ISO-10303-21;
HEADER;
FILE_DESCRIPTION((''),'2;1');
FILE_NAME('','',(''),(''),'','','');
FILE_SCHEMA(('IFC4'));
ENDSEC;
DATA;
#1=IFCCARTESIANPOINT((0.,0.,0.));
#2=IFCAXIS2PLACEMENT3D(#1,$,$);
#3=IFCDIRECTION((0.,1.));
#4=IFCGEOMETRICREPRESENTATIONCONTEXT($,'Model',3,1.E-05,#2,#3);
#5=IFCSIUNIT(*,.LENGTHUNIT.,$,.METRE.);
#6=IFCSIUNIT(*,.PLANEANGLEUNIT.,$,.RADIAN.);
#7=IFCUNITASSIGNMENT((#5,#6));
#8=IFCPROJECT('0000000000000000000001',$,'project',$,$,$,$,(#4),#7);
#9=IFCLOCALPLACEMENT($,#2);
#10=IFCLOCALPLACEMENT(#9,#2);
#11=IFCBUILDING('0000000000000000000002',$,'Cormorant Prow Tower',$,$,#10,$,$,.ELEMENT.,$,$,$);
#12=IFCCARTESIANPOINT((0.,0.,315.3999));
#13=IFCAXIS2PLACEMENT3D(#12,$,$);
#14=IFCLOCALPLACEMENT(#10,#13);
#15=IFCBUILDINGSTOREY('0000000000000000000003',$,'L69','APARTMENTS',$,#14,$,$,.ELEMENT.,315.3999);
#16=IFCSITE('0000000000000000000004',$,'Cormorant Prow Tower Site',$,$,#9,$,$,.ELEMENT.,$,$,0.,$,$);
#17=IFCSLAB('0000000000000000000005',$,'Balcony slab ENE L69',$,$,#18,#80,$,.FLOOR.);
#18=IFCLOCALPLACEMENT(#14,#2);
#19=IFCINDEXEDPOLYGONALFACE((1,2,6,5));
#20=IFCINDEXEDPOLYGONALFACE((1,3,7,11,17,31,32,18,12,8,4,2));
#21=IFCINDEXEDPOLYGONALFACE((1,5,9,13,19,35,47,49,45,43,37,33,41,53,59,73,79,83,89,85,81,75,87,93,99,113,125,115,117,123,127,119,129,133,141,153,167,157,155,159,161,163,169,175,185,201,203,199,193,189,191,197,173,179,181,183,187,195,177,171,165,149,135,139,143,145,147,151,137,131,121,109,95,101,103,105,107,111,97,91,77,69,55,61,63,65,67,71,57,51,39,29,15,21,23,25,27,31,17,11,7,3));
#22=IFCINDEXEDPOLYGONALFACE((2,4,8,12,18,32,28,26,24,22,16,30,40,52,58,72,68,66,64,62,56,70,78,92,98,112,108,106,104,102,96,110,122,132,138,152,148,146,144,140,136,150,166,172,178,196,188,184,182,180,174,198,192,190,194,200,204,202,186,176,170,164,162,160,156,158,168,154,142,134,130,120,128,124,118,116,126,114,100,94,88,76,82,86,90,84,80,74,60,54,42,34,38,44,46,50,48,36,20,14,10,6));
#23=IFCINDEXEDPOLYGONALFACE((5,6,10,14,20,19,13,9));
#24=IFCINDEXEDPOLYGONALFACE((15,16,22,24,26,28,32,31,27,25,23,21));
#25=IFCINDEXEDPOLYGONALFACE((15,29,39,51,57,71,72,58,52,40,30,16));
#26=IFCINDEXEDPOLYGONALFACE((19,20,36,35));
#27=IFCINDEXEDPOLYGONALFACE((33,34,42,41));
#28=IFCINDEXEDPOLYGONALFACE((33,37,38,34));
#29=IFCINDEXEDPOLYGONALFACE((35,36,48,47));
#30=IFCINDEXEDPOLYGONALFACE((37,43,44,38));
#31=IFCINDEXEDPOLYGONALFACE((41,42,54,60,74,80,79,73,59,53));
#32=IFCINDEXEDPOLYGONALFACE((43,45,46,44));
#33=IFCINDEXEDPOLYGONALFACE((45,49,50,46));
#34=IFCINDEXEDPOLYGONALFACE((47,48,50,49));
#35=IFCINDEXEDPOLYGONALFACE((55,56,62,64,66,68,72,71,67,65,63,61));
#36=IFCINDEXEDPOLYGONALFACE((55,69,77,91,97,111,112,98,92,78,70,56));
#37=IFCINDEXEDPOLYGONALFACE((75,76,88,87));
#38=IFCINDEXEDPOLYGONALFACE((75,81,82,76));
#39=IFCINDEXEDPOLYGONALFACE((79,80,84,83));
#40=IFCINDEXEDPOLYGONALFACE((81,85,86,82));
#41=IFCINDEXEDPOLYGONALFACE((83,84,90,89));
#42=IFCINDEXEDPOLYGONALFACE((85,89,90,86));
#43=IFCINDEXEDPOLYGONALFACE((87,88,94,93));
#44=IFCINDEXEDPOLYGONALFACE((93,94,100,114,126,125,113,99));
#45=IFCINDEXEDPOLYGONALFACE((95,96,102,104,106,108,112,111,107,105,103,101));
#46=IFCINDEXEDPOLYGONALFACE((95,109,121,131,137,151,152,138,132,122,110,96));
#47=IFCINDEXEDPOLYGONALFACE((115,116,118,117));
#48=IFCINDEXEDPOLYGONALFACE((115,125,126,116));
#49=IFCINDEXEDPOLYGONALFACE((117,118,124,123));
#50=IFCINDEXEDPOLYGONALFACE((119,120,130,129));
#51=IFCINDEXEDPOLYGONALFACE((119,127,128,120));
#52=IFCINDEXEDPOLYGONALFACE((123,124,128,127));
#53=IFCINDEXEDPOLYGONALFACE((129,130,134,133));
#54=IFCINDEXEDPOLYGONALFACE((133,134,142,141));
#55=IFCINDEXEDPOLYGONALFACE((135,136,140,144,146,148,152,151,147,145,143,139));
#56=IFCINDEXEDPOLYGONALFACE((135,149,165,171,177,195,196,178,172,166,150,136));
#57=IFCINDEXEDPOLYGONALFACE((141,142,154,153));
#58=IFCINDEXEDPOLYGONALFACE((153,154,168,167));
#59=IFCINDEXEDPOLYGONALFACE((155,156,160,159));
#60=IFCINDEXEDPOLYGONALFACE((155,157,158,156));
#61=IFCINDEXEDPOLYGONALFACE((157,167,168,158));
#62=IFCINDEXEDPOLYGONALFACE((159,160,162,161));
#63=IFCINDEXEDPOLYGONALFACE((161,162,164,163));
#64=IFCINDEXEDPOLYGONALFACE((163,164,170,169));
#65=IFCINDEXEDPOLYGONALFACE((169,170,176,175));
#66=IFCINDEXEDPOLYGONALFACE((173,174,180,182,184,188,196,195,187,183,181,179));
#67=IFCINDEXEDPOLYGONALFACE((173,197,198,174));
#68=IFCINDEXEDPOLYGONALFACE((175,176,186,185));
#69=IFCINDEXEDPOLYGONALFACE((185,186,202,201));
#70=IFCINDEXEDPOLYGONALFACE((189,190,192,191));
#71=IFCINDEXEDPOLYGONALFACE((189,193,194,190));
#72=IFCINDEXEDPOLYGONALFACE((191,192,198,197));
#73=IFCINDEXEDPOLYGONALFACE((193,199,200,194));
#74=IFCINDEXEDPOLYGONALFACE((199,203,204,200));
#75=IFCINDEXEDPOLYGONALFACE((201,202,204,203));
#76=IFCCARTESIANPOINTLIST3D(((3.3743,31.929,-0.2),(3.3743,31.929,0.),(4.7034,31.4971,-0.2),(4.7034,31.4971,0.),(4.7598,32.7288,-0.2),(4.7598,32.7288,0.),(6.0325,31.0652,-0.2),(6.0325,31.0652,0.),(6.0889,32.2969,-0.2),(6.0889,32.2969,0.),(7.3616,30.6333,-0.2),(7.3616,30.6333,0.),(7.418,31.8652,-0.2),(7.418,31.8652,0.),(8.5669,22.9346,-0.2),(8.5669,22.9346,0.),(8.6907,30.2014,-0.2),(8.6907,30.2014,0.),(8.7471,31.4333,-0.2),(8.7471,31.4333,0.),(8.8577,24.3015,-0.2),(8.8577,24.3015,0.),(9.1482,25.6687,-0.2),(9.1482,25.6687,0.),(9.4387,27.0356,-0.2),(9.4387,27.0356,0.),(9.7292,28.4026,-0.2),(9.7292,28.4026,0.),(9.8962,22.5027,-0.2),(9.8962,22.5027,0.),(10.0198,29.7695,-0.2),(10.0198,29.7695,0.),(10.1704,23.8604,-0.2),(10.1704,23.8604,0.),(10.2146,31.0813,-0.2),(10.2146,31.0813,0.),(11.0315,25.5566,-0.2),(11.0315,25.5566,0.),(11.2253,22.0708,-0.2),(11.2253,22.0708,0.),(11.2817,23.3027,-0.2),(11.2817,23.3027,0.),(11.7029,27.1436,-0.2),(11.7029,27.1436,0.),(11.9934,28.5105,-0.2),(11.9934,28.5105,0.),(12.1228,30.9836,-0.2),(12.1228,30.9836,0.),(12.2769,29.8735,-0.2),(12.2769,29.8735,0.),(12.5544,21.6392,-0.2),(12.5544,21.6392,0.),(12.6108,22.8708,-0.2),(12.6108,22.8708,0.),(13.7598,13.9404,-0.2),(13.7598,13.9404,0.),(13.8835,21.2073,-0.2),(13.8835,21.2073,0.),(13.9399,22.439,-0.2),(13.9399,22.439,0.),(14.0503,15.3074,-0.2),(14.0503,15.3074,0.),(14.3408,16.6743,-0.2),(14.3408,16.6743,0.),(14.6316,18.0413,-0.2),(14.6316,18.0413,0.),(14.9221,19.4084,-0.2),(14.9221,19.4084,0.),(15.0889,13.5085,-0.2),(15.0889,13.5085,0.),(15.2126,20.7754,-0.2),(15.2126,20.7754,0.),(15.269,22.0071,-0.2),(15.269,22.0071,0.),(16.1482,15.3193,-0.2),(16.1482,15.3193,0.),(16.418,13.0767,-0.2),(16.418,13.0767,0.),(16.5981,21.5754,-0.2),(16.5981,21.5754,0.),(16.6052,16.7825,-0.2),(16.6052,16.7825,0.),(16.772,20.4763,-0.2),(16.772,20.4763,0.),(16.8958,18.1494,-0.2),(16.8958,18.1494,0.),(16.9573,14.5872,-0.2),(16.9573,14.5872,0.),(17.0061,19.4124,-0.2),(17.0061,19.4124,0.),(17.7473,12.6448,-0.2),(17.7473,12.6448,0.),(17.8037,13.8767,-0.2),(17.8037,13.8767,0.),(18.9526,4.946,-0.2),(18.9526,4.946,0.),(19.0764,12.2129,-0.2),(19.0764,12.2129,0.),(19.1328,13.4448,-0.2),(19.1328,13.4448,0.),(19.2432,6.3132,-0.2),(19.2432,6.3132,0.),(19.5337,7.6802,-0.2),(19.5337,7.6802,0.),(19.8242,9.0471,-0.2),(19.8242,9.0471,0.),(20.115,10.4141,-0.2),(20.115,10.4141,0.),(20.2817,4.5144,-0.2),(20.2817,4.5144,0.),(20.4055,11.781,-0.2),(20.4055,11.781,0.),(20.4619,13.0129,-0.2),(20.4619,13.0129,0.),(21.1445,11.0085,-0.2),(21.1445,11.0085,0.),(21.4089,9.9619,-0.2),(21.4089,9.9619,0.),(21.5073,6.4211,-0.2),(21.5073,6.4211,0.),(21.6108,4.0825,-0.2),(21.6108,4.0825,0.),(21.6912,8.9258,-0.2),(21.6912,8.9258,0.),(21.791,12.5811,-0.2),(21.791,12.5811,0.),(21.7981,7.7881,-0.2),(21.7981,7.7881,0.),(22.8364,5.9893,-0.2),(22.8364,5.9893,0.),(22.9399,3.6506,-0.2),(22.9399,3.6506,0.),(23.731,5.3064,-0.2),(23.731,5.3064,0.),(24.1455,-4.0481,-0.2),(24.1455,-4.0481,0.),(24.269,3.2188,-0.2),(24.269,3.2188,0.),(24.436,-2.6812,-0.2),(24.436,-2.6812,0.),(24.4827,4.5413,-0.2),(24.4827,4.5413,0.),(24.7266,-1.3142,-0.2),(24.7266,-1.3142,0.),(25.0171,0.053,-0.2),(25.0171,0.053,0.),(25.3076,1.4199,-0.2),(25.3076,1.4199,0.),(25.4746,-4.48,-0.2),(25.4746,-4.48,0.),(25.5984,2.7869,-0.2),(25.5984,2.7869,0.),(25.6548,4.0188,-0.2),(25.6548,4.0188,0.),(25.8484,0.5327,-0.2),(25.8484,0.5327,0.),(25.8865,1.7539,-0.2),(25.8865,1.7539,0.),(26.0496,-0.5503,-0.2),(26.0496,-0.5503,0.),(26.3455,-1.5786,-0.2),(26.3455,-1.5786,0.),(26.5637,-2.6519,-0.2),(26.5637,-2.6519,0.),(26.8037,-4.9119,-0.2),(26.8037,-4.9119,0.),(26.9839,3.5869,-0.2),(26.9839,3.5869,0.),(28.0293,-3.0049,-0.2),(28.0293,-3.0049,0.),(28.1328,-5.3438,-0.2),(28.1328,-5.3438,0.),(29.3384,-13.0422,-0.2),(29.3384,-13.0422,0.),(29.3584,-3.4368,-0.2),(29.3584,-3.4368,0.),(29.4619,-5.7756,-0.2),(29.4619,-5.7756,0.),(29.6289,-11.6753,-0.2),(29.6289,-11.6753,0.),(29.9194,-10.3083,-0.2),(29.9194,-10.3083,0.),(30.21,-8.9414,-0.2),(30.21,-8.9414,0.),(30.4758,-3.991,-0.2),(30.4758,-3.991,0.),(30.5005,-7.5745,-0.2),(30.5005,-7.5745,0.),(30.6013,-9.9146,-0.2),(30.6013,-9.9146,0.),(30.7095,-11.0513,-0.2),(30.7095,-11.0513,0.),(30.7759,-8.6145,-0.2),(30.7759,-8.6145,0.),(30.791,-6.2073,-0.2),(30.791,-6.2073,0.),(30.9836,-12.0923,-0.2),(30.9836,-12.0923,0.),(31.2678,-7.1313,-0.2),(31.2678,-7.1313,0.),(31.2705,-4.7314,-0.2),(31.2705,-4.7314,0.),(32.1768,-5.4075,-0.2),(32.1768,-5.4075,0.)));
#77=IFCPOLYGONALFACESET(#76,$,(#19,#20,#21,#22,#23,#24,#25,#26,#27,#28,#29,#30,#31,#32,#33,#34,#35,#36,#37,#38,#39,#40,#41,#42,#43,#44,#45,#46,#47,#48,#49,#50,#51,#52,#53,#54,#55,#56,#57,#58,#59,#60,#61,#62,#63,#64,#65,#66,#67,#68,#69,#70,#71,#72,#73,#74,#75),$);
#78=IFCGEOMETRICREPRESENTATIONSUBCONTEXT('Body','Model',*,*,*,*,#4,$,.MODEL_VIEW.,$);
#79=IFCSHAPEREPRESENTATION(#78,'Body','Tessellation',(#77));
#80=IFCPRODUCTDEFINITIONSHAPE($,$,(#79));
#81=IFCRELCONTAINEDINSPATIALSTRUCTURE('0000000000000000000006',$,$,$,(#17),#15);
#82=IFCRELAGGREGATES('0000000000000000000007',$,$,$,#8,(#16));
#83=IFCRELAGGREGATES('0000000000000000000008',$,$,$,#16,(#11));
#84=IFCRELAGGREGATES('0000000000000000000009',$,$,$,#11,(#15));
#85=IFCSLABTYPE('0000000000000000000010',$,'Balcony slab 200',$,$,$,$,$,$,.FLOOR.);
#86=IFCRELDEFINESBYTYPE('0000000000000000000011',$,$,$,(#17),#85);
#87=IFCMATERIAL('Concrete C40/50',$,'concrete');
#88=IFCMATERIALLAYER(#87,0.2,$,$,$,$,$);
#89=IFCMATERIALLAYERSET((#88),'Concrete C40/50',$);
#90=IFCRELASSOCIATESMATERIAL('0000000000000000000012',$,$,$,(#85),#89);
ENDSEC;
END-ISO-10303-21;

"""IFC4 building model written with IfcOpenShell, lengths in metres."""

from ifc_helpers import new_model, si_unit, direction, frame, origin, place, context, subcontext, project, spatial, polyline, outline, extrude, material, layer, layer_set, type_object, element, save


model = new_model("IFC4")

# Units and contexts
model_context = context("Model", 3, precision=1e-05, world=origin(), true_north=direction((0.0, 1.0)))
body_context = subcontext(model_context, "Body", "Model", "MODEL_VIEW")
ifc_project = project(units=[si_unit("LENGTHUNIT", "METRE"), si_unit("PLANEANGLEUNIT", "RADIAN")], contexts=[model_context])

# Site, building, storey
site_placement = place(None, origin())
site = spatial("IfcSite", under=ifc_project, at=site_placement, Name="Cormorant Prow Tower Site", CompositionType="ELEMENT", RefElevation=0.0)
building_placement = place(site_placement, origin())
building = spatial("IfcBuilding", under=site, at=building_placement, Name="Cormorant Prow Tower", CompositionType="ELEMENT")
storey_placement = place(building_placement, frame((0.0, 0.0, 315.3999)))
storey = spatial("IfcBuildingStorey", under=building, at=storey_placement, Name="L69", Description="APARTMENTS", CompositionType="ELEMENT", Elevation=315.3999)

# Slab
ifc_material_1 = material(Name="Concrete C40/50", Category="concrete")
ifc_layer_1 = layer(ifc_material_1, 0.2)
ifc_layer_set_1 = layer_set([ifc_layer_1], Name="Concrete C40/50")
slab_type_1 = type_object("IfcSlabType", Name="Balcony slab 200", PredefinedType="FLOOR", material=ifc_layer_set_1)
slab_1_placement = place(storey_placement, frame((0.0, 0.0, -0.2)))
element("IfcSlab", 1, at=slab_1_placement, inside=storey, type_object=slab_type_1, Name="Balcony slab ENE L69", PredefinedType="FLOOR", context=body_context, shape_type="SweptSolid", body=[
    extrude(outline(polyline([(29.3384, -13.0422), (30.9836, -12.0923), (30.7095, -11.0513), (30.6013, -9.9146), (30.7759, -8.6145), (31.2678, -7.1313), (32.1768, -5.4075), (31.2705, -4.7314), (30.4758, -3.991), (29.3584, -3.4368), (28.0293, -3.0049), (26.5637, -2.6519), (26.3455, -1.5786), (26.0496, -0.5503), (25.8484, 0.5327), (25.8865, 1.7539), (26.9839, 3.5869), (25.6548, 4.0188), (24.4827, 4.5413), (23.731, 5.3064), (22.8364, 5.9893), (21.5073, 6.4211), (21.7981, 7.7881), (21.6912, 8.9258), (21.4089, 9.9619), (21.1445, 11.0085), (21.791, 12.5811), (20.4619, 13.0129), (19.1328, 13.4448), (17.8037, 13.8767), (16.9573, 14.5872), (16.1482, 15.3193), (16.6052, 16.7825), (16.8958, 18.1494), (17.0061, 19.4124), (16.772, 20.4763), (16.5981, 21.5754), (15.269, 22.0071), (13.9399, 22.439), (12.6108, 22.8708), (11.2817, 23.3027), (10.1704, 23.8604), (11.0315, 25.5566), (11.7029, 27.1436), (11.9934, 28.5105), (12.2769, 29.8735), (12.1228, 30.9836), (10.2146, 31.0813), (8.7471, 31.4333), (7.418, 31.8652), (6.0889, 32.2969), (4.7598, 32.7288), (3.3743, 31.929), (4.7034, 31.4971), (6.0325, 31.0652), (7.3616, 30.6333), (8.6907, 30.2014), (10.0198, 29.7695), (9.7292, 28.4026), (9.4387, 27.0356), (9.1482, 25.6687), (8.8577, 24.3015), (8.5669, 22.9346), (9.8962, 22.5027), (11.2253, 22.0708), (12.5544, 21.6392), (13.8835, 21.2073), (15.2126, 20.7754), (14.9221, 19.4084), (14.6316, 18.0413), (14.3408, 16.6743), (14.0503, 15.3074), (13.7598, 13.9404), (15.0889, 13.5085), (16.418, 13.0767), (17.7473, 12.6448), (19.0764, 12.2129), (20.4055, 11.781), (20.115, 10.4141), (19.8242, 9.0471), (19.5337, 7.6802), (19.2432, 6.3132), (18.9526, 4.946), (20.2817, 4.5144), (21.6108, 4.0825), (22.9399, 3.6506), (24.269, 3.2188), (25.5984, 2.7869), (25.3076, 1.4199), (25.0171, 0.053), (24.7266, -1.3142), (24.436, -2.6812), (24.1455, -4.0481), (25.4746, -4.48), (26.8037, -4.9119), (28.1328, -5.3438), (29.4619, -5.7756), (30.791, -6.2073), (30.5005, -7.5745), (30.21, -8.9414), (29.9194, -10.3083), (29.6289, -11.6753), (29.3384, -13.0422)])), origin(), (0.0, 0.0, 1.0), 0.2),
])

save(model, "model.ifc")
